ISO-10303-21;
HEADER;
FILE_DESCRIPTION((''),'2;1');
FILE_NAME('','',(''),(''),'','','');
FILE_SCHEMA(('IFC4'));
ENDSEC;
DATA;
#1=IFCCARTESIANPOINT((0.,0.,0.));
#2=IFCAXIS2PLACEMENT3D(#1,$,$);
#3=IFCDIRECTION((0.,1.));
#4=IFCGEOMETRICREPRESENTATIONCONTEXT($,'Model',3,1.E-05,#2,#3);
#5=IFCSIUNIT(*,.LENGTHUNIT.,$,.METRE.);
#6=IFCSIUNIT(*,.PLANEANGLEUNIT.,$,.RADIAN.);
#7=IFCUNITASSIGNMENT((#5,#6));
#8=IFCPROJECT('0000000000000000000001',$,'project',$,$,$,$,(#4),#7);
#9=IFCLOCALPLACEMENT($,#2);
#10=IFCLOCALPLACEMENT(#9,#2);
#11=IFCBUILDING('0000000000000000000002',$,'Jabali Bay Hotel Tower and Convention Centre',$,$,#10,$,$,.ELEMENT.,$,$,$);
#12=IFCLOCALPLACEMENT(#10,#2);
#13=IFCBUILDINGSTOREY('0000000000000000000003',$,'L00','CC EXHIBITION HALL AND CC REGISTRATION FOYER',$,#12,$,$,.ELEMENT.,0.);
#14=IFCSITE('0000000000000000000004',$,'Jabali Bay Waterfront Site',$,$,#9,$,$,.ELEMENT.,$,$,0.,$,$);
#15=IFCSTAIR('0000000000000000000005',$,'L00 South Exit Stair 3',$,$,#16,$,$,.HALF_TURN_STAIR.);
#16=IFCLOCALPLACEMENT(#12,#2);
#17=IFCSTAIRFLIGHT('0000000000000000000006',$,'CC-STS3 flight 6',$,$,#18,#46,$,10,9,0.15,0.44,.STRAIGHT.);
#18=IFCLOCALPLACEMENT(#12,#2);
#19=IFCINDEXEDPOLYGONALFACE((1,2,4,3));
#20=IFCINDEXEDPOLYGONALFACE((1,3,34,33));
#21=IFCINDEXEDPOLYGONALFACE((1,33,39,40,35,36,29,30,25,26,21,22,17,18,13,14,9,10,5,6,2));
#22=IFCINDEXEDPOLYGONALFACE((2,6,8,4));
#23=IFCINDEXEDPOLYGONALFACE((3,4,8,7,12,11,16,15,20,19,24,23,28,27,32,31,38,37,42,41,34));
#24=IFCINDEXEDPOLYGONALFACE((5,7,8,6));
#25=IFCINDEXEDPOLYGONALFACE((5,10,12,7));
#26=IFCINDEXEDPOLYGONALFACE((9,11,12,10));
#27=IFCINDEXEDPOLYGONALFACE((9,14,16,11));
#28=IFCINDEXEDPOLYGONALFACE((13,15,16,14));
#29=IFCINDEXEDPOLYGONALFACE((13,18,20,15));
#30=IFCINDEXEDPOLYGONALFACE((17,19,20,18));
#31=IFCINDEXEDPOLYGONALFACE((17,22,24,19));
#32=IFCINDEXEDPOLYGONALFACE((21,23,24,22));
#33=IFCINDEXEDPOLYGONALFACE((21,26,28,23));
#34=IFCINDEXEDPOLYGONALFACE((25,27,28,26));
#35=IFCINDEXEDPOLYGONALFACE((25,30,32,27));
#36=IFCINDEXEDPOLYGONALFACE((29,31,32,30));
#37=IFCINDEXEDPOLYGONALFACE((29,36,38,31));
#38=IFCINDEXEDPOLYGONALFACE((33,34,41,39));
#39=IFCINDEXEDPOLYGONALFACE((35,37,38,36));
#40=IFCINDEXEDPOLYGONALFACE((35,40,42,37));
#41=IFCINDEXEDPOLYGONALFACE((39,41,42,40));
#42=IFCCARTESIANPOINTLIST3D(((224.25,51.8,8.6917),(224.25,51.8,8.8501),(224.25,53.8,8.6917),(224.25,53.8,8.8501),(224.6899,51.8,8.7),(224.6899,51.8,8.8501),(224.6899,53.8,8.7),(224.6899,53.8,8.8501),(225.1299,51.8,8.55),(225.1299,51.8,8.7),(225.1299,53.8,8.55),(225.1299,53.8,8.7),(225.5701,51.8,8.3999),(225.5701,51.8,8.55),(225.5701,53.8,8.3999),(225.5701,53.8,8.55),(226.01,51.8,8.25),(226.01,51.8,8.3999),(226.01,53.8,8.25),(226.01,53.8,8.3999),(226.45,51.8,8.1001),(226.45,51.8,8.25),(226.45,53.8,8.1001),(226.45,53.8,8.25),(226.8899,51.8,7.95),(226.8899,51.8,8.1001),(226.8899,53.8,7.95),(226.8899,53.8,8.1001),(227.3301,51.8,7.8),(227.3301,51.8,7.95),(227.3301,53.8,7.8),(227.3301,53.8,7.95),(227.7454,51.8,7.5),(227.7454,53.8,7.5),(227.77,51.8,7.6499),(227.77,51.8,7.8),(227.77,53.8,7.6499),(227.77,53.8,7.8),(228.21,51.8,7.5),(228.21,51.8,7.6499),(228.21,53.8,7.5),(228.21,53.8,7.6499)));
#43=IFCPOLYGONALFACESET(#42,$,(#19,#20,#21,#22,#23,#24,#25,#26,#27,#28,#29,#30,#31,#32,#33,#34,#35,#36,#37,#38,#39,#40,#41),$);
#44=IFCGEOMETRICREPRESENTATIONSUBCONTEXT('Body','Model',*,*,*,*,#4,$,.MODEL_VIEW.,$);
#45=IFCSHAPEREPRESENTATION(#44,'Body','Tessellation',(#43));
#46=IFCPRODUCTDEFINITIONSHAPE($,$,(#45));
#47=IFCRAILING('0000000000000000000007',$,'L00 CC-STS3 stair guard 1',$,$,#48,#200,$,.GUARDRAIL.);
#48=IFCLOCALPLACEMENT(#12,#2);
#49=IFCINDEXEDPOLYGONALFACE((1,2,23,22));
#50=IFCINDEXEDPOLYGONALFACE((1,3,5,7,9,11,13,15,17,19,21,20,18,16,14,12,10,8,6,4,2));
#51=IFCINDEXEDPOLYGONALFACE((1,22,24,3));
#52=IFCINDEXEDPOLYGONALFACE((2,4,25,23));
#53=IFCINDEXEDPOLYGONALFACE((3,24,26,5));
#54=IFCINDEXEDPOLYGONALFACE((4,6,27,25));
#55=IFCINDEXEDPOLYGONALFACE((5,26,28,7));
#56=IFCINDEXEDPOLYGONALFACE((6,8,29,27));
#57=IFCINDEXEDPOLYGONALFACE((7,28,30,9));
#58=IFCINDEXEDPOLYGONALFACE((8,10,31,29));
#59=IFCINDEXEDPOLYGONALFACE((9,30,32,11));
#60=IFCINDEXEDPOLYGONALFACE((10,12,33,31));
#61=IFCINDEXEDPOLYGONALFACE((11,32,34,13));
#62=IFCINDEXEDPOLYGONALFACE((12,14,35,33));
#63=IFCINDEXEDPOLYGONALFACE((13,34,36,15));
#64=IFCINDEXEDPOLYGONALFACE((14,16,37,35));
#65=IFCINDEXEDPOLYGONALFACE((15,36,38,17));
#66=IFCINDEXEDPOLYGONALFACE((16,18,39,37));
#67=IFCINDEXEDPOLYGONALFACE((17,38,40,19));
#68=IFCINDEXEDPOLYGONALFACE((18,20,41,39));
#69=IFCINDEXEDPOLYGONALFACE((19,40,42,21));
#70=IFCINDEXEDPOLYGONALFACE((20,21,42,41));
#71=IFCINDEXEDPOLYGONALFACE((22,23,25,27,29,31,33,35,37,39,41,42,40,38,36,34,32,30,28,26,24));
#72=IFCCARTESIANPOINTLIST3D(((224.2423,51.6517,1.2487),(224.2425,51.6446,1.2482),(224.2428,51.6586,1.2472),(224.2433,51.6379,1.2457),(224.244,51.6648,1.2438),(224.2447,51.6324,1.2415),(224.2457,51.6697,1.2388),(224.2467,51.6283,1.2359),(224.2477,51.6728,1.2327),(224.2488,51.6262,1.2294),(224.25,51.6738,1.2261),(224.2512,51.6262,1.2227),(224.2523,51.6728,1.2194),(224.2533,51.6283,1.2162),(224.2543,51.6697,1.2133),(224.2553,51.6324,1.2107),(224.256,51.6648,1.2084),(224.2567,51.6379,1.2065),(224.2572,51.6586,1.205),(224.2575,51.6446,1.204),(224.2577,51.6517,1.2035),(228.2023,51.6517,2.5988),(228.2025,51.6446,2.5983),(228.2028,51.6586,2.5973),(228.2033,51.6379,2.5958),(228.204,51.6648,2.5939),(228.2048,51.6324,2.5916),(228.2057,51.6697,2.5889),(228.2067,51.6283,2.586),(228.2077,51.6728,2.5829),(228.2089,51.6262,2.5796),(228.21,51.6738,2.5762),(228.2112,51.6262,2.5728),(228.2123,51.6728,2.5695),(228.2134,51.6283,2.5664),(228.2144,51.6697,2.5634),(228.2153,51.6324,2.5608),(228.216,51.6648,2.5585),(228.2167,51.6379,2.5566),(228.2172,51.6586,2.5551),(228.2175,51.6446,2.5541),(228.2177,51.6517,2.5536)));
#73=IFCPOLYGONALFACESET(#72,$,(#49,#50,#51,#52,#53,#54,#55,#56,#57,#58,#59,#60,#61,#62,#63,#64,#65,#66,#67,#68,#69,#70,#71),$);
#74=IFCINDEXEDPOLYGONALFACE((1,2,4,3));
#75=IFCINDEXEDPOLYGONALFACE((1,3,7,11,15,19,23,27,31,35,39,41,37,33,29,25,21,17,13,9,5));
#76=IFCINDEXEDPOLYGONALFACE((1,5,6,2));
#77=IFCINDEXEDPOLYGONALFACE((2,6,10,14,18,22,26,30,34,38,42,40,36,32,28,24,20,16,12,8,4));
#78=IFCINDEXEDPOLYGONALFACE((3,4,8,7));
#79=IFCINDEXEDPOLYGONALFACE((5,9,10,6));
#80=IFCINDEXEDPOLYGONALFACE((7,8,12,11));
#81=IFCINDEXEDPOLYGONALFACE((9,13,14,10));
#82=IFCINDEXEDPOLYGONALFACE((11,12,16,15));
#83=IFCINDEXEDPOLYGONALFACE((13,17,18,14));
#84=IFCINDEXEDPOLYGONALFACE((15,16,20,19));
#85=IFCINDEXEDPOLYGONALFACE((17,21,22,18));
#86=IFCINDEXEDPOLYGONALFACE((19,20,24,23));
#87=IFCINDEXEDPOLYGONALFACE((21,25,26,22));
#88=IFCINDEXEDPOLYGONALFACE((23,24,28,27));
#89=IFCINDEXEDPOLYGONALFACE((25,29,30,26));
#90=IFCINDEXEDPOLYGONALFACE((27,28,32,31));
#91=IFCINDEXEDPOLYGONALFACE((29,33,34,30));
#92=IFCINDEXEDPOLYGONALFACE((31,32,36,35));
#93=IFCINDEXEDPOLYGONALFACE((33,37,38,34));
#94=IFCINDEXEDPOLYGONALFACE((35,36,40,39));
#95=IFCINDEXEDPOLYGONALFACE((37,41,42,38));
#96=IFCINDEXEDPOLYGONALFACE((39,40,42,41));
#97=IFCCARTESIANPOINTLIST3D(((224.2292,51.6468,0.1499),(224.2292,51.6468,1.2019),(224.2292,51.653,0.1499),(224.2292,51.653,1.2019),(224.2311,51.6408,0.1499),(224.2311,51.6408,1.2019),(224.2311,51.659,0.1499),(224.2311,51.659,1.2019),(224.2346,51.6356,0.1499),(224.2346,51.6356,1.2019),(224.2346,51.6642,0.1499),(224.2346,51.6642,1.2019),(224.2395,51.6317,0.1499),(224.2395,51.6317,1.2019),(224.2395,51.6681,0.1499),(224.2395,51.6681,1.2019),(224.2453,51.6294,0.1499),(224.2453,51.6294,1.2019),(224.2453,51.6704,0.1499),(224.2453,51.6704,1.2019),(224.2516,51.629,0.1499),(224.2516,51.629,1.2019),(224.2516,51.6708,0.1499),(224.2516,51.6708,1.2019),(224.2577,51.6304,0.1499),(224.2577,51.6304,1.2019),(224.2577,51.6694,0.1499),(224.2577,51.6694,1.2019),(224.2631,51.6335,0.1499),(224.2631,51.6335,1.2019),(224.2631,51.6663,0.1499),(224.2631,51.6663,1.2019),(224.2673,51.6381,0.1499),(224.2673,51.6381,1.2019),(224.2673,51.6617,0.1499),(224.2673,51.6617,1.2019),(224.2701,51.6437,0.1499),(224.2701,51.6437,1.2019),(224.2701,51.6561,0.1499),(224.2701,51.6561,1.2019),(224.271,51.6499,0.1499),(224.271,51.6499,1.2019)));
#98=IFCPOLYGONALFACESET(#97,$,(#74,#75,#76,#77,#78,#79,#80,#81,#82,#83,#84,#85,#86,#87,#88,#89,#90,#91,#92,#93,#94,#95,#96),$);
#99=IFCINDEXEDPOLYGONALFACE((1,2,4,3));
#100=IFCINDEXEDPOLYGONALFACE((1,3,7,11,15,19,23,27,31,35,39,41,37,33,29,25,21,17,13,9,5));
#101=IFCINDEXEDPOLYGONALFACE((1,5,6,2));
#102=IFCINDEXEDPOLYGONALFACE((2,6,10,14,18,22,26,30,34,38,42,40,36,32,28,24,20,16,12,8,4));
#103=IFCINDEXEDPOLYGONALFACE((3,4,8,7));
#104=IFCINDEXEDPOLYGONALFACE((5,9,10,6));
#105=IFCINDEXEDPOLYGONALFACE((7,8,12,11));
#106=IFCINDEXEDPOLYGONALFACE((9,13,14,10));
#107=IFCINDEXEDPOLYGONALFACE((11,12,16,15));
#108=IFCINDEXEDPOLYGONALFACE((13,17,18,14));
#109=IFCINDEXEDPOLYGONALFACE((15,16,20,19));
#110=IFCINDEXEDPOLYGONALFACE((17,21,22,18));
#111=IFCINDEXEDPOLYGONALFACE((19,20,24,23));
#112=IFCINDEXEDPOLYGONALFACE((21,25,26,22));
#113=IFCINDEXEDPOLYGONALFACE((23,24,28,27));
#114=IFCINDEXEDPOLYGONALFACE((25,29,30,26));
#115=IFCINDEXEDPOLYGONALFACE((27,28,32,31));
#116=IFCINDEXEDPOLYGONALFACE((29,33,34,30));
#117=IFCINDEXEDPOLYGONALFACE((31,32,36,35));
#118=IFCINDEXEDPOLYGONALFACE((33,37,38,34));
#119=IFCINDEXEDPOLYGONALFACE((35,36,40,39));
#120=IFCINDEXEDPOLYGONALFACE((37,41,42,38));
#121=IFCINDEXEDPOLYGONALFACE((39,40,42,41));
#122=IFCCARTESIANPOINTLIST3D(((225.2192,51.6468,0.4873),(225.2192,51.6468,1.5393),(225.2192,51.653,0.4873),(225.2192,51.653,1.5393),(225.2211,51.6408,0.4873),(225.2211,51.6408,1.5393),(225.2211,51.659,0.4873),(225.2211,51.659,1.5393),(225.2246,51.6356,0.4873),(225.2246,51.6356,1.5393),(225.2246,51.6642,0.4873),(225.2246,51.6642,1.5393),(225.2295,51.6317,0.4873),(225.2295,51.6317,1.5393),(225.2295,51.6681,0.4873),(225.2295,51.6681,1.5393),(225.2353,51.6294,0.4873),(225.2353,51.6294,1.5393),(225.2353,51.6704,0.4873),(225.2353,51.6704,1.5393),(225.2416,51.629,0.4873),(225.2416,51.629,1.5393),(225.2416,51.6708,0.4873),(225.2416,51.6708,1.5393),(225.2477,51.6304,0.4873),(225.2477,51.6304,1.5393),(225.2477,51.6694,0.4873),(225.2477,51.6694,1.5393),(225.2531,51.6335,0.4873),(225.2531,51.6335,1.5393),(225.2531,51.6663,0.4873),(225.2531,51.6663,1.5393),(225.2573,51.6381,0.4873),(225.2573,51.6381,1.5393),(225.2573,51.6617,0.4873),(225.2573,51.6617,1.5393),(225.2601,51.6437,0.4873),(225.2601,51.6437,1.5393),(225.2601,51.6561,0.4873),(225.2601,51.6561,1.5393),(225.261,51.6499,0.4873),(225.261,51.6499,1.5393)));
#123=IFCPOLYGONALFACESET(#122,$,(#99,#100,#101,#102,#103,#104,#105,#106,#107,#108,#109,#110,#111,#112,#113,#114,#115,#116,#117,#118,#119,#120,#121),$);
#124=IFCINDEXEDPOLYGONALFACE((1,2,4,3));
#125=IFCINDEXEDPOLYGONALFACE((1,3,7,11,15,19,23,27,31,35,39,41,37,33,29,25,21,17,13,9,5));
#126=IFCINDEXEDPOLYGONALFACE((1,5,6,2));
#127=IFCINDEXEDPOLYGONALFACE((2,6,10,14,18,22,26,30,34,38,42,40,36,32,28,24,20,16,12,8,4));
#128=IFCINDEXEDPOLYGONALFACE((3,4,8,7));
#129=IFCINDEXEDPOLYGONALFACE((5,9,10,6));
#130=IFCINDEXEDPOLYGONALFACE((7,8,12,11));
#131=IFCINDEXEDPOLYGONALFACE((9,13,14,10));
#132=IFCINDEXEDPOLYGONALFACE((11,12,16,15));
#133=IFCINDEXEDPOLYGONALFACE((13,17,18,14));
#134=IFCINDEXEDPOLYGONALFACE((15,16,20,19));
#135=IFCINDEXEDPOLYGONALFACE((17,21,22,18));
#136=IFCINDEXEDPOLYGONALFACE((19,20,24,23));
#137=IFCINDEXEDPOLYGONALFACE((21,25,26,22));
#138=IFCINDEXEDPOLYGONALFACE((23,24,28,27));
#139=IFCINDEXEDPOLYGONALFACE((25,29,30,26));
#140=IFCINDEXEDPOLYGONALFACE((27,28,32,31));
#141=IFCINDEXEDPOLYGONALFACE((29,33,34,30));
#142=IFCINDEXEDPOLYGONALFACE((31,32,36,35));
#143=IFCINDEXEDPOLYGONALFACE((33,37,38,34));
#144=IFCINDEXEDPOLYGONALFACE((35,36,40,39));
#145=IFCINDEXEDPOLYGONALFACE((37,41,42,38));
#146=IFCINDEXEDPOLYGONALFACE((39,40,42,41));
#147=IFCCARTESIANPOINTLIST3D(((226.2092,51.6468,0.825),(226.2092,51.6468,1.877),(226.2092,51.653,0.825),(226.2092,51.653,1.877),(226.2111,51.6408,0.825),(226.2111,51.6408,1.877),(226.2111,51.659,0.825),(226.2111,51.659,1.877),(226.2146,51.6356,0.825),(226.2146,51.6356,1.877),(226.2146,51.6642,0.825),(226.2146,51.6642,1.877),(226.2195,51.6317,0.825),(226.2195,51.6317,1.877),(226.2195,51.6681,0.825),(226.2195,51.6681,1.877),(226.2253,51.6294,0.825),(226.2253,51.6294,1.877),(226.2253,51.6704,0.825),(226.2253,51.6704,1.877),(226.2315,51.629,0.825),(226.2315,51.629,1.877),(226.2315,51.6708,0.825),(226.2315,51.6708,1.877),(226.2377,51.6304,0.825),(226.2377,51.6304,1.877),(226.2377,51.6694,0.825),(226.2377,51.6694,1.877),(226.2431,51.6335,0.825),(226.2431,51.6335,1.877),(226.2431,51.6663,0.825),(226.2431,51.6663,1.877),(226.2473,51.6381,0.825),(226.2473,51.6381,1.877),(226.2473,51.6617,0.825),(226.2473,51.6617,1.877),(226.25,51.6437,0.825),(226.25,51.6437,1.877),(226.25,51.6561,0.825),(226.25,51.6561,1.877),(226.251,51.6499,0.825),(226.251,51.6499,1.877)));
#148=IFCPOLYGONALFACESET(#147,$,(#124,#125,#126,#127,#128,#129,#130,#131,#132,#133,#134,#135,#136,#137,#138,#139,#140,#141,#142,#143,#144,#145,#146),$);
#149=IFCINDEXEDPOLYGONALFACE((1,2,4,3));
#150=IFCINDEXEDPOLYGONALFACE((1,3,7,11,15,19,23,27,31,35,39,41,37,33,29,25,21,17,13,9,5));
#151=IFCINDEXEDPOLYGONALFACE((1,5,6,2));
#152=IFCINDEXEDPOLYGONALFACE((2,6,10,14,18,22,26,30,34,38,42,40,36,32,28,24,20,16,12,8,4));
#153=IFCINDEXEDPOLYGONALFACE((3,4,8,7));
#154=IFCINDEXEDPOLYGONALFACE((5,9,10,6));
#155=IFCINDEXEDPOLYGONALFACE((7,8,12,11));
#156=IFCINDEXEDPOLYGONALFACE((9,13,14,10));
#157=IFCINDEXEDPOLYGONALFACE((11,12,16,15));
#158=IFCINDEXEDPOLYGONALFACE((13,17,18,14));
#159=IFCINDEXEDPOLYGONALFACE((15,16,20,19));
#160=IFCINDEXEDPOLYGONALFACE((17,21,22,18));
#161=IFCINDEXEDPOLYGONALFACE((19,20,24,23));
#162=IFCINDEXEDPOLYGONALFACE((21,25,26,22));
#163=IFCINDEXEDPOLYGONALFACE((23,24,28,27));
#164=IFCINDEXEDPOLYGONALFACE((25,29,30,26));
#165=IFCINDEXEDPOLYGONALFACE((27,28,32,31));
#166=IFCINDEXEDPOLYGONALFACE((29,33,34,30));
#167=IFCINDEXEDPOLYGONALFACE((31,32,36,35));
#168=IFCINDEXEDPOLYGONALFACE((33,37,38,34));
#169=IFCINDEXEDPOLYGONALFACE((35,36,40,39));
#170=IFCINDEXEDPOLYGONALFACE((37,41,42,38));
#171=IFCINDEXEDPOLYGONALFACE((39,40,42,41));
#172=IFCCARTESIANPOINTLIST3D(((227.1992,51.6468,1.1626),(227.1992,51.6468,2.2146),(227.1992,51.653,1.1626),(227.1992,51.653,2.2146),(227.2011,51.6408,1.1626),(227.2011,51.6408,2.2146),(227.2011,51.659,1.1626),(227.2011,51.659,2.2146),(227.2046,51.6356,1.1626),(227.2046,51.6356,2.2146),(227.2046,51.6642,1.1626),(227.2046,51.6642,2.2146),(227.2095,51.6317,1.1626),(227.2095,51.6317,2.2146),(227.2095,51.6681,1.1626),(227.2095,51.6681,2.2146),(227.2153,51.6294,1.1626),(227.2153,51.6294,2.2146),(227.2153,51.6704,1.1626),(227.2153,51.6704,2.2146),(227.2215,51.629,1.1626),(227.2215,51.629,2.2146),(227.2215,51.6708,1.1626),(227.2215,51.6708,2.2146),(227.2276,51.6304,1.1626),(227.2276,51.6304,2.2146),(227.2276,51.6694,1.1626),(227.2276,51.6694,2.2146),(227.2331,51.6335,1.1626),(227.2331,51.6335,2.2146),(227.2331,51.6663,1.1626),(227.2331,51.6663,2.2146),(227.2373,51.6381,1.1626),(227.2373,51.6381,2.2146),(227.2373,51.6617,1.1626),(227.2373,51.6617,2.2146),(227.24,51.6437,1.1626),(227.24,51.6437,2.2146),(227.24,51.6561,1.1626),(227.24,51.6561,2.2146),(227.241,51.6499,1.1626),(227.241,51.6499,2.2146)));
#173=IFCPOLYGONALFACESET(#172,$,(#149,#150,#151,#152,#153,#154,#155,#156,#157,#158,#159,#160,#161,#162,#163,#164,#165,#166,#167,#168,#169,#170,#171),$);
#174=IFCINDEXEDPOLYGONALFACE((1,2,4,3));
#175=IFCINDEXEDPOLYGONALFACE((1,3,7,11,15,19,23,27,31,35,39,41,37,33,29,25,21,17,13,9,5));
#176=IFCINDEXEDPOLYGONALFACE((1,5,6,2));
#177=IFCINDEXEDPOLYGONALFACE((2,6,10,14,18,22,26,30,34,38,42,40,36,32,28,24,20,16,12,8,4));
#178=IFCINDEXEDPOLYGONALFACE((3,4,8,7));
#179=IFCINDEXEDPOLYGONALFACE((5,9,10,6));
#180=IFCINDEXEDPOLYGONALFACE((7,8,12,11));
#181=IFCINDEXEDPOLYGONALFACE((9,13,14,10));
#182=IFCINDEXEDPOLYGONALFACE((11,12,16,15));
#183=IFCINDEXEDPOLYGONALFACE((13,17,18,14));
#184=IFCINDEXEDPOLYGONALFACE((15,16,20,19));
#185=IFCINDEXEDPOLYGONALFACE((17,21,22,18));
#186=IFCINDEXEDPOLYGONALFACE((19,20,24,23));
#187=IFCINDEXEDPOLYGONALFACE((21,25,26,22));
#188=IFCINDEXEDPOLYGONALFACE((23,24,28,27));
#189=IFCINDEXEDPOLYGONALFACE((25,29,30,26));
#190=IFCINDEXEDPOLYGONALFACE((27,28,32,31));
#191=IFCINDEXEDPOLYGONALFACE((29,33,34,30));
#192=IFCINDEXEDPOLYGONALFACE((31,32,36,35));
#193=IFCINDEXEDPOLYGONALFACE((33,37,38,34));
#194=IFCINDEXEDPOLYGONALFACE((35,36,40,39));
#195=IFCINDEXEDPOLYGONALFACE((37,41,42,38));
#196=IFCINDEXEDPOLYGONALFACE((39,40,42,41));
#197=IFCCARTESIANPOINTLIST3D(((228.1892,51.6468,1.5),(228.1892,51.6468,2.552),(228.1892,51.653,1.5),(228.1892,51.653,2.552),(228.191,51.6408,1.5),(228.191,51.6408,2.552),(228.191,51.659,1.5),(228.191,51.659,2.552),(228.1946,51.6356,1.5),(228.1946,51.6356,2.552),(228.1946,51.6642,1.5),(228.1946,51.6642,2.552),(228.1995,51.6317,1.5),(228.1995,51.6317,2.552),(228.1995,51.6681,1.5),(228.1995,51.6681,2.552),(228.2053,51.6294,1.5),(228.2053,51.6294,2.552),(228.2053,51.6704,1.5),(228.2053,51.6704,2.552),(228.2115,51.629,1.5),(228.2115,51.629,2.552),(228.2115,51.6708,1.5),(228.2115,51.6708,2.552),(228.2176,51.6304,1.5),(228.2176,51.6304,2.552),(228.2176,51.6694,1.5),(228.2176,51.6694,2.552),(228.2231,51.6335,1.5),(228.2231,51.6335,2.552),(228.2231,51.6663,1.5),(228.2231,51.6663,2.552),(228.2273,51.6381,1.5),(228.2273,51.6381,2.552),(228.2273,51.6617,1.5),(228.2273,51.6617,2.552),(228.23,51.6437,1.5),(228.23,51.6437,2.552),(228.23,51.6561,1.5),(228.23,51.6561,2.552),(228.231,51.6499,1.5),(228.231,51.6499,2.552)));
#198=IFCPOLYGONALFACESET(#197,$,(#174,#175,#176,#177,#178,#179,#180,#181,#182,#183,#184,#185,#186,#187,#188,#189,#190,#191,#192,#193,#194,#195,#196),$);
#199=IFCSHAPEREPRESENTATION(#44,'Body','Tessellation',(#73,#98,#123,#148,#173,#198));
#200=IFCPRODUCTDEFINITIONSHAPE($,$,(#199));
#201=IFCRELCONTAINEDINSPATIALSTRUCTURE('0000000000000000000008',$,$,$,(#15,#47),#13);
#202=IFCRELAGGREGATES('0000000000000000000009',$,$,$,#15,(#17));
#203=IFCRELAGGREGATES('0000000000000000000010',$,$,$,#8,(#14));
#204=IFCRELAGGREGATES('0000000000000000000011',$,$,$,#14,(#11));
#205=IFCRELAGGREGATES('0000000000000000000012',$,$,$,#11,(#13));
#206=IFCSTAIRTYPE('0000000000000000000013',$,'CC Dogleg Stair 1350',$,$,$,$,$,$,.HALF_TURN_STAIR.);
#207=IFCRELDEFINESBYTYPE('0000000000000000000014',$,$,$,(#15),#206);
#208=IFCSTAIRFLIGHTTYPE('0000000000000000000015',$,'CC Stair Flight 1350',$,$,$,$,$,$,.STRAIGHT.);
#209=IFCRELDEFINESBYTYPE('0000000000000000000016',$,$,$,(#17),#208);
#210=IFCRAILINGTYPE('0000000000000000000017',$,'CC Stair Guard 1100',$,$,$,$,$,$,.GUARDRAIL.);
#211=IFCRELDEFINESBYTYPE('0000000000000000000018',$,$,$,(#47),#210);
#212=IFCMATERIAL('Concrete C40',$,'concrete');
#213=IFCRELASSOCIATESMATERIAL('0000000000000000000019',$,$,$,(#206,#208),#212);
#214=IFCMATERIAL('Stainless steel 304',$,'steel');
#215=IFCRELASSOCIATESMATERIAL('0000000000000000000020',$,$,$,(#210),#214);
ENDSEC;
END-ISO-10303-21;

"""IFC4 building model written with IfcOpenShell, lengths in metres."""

from ifc_helpers import new_model, si_unit, direction, frame, origin, origin_2d, place, context, subcontext, project, spatial, polyline, circle, outline, extrude, material, type_object, element, aggregate, save


model = new_model("IFC4")

# Units and contexts
model_context = context("Model", 3, precision=1e-05, world=origin(), true_north=direction((0.0, 1.0)))
body_context = subcontext(model_context, "Body", "Model", "MODEL_VIEW")
ifc_project = project(units=[si_unit("LENGTHUNIT", "METRE"), si_unit("PLANEANGLEUNIT", "RADIAN")], contexts=[model_context])

# Site, building, storey
site_placement = place(None, origin())
site = spatial("IfcSite", under=ifc_project, at=site_placement, Name="Jabali Bay Waterfront Site", CompositionType="ELEMENT", RefElevation=0.0)
building_placement = place(site_placement, origin())
building = spatial("IfcBuilding", under=site, at=building_placement, Name="Jabali Bay Hotel Tower and Convention Centre", CompositionType="ELEMENT")
storey_placement = place(building_placement, origin())
storey = spatial("IfcBuildingStorey", under=building, at=storey_placement, Name="L00", Description="CC EXHIBITION HALL AND CC REGISTRATION FOYER", CompositionType="ELEMENT", Elevation=0.0)

# Stair, stair flight
ifc_material_1 = material(Name="Concrete C40", Category="concrete")
stair_type = type_object("IfcStairType", Name="CC Dogleg Stair 1350", PredefinedType="HALF_TURN_STAIR", material=ifc_material_1)
stair_placement = place(storey_placement, origin())
stair = element("IfcStair", 1, at=stair_placement, inside=storey, type_object=stair_type, Name="L00 South Exit Stair 3", PredefinedType="HALF_TURN_STAIR")
stair_flight_type = type_object("IfcStairFlightType", Name="CC Stair Flight 1350", PredefinedType="STRAIGHT", material=ifc_material_1)
stair_flight_1_placement = place(storey_placement, frame((228.21, 52.8, 7.5), z_axis=(0.0, 0.0, 1.0), x_axis=(-1.0, 0.0, 0.0)))
stair_flight_1 = element("IfcStairFlight", 2, at=stair_flight_1_placement, type_object=stair_flight_type, Name="CC-STS3 flight 6", NumberOfRisers=10, NumberOfTreads=9, PredefinedType="STRAIGHT", RiserHeight=0.15, TreadLength=0.44, context=body_context, shape_type="SweptSolid", body=[
    extrude(outline(polyline([(0.0, 0.0), (0.0, 0.1499), (0.4399, 0.1499), (0.4399, 0.3), (0.8799, 0.3), (0.8799, 0.45), (1.3201, 0.45), (1.3201, 0.6001), (1.76, 0.6001), (1.76, 0.75), (2.2, 0.75), (2.2, 0.8999), (2.6399, 0.8999), (2.6399, 1.05), (3.0801, 1.05), (3.0801, 1.2), (3.52, 1.2), (3.52, 1.3501), (3.96, 1.3501), (3.96, 1.5), (3.96, 1.1917), (0.4646, 0.0), (0.0, 0.0)])), frame((0.0, 1.0, 0.0), z_axis=(0.0, -1.0, 0.0), x_axis=(1.0, 0.0, 0.0)), (0.0, 0.0, 1.0), 2.0),
])
aggregate(stair, [stair_flight_1])

# Railing
ifc_material_2 = material(Name="Stainless steel 304", Category="steel")
railing_type_1 = type_object("IfcRailingType", Name="CC Stair Guard 1100", PredefinedType="GUARDRAIL", material=ifc_material_2)
railing_1_placement = place(storey_placement, frame((224.25, 51.6499, 0.1499)))
element("IfcRailing", 3, at=railing_1_placement, inside=storey, type_object=railing_type_1, Name="L00 CC-STS3 stair guard 1", PredefinedType="GUARDRAIL", context=body_context, shape_type="SweptSolid", body=[
    extrude(circle(Radius=0.0239, at=origin_2d()), frame((0.0, 0.0, 1.0762), z_axis=(0.946502, 0.0, 0.322698), x_axis=(0.0, 1.0, 0.0)), (0.0, 0.0, 1.0), 4.1838),
    extrude(circle(Radius=0.021, at=origin_2d()), origin(), (0.0, 0.0, 1.0), 1.052),
    extrude(circle(Radius=0.021, at=origin_2d()), frame((0.99, 0.0, 0.3374)), (0.0, 0.0, 1.0), 1.052),
    extrude(circle(Radius=0.021, at=origin_2d()), frame((1.98, 0.0, 0.675)), (0.0, 0.0, 1.0), 1.052),
    extrude(circle(Radius=0.021, at=origin_2d()), frame((2.97, 0.0, 1.0127)), (0.0, 0.0, 1.0), 1.052),
    extrude(circle(Radius=0.021, at=origin_2d()), frame((3.96, 0.0, 1.3501)), (0.0, 0.0, 1.0), 1.052),
])

save(model, "model.ifc")
